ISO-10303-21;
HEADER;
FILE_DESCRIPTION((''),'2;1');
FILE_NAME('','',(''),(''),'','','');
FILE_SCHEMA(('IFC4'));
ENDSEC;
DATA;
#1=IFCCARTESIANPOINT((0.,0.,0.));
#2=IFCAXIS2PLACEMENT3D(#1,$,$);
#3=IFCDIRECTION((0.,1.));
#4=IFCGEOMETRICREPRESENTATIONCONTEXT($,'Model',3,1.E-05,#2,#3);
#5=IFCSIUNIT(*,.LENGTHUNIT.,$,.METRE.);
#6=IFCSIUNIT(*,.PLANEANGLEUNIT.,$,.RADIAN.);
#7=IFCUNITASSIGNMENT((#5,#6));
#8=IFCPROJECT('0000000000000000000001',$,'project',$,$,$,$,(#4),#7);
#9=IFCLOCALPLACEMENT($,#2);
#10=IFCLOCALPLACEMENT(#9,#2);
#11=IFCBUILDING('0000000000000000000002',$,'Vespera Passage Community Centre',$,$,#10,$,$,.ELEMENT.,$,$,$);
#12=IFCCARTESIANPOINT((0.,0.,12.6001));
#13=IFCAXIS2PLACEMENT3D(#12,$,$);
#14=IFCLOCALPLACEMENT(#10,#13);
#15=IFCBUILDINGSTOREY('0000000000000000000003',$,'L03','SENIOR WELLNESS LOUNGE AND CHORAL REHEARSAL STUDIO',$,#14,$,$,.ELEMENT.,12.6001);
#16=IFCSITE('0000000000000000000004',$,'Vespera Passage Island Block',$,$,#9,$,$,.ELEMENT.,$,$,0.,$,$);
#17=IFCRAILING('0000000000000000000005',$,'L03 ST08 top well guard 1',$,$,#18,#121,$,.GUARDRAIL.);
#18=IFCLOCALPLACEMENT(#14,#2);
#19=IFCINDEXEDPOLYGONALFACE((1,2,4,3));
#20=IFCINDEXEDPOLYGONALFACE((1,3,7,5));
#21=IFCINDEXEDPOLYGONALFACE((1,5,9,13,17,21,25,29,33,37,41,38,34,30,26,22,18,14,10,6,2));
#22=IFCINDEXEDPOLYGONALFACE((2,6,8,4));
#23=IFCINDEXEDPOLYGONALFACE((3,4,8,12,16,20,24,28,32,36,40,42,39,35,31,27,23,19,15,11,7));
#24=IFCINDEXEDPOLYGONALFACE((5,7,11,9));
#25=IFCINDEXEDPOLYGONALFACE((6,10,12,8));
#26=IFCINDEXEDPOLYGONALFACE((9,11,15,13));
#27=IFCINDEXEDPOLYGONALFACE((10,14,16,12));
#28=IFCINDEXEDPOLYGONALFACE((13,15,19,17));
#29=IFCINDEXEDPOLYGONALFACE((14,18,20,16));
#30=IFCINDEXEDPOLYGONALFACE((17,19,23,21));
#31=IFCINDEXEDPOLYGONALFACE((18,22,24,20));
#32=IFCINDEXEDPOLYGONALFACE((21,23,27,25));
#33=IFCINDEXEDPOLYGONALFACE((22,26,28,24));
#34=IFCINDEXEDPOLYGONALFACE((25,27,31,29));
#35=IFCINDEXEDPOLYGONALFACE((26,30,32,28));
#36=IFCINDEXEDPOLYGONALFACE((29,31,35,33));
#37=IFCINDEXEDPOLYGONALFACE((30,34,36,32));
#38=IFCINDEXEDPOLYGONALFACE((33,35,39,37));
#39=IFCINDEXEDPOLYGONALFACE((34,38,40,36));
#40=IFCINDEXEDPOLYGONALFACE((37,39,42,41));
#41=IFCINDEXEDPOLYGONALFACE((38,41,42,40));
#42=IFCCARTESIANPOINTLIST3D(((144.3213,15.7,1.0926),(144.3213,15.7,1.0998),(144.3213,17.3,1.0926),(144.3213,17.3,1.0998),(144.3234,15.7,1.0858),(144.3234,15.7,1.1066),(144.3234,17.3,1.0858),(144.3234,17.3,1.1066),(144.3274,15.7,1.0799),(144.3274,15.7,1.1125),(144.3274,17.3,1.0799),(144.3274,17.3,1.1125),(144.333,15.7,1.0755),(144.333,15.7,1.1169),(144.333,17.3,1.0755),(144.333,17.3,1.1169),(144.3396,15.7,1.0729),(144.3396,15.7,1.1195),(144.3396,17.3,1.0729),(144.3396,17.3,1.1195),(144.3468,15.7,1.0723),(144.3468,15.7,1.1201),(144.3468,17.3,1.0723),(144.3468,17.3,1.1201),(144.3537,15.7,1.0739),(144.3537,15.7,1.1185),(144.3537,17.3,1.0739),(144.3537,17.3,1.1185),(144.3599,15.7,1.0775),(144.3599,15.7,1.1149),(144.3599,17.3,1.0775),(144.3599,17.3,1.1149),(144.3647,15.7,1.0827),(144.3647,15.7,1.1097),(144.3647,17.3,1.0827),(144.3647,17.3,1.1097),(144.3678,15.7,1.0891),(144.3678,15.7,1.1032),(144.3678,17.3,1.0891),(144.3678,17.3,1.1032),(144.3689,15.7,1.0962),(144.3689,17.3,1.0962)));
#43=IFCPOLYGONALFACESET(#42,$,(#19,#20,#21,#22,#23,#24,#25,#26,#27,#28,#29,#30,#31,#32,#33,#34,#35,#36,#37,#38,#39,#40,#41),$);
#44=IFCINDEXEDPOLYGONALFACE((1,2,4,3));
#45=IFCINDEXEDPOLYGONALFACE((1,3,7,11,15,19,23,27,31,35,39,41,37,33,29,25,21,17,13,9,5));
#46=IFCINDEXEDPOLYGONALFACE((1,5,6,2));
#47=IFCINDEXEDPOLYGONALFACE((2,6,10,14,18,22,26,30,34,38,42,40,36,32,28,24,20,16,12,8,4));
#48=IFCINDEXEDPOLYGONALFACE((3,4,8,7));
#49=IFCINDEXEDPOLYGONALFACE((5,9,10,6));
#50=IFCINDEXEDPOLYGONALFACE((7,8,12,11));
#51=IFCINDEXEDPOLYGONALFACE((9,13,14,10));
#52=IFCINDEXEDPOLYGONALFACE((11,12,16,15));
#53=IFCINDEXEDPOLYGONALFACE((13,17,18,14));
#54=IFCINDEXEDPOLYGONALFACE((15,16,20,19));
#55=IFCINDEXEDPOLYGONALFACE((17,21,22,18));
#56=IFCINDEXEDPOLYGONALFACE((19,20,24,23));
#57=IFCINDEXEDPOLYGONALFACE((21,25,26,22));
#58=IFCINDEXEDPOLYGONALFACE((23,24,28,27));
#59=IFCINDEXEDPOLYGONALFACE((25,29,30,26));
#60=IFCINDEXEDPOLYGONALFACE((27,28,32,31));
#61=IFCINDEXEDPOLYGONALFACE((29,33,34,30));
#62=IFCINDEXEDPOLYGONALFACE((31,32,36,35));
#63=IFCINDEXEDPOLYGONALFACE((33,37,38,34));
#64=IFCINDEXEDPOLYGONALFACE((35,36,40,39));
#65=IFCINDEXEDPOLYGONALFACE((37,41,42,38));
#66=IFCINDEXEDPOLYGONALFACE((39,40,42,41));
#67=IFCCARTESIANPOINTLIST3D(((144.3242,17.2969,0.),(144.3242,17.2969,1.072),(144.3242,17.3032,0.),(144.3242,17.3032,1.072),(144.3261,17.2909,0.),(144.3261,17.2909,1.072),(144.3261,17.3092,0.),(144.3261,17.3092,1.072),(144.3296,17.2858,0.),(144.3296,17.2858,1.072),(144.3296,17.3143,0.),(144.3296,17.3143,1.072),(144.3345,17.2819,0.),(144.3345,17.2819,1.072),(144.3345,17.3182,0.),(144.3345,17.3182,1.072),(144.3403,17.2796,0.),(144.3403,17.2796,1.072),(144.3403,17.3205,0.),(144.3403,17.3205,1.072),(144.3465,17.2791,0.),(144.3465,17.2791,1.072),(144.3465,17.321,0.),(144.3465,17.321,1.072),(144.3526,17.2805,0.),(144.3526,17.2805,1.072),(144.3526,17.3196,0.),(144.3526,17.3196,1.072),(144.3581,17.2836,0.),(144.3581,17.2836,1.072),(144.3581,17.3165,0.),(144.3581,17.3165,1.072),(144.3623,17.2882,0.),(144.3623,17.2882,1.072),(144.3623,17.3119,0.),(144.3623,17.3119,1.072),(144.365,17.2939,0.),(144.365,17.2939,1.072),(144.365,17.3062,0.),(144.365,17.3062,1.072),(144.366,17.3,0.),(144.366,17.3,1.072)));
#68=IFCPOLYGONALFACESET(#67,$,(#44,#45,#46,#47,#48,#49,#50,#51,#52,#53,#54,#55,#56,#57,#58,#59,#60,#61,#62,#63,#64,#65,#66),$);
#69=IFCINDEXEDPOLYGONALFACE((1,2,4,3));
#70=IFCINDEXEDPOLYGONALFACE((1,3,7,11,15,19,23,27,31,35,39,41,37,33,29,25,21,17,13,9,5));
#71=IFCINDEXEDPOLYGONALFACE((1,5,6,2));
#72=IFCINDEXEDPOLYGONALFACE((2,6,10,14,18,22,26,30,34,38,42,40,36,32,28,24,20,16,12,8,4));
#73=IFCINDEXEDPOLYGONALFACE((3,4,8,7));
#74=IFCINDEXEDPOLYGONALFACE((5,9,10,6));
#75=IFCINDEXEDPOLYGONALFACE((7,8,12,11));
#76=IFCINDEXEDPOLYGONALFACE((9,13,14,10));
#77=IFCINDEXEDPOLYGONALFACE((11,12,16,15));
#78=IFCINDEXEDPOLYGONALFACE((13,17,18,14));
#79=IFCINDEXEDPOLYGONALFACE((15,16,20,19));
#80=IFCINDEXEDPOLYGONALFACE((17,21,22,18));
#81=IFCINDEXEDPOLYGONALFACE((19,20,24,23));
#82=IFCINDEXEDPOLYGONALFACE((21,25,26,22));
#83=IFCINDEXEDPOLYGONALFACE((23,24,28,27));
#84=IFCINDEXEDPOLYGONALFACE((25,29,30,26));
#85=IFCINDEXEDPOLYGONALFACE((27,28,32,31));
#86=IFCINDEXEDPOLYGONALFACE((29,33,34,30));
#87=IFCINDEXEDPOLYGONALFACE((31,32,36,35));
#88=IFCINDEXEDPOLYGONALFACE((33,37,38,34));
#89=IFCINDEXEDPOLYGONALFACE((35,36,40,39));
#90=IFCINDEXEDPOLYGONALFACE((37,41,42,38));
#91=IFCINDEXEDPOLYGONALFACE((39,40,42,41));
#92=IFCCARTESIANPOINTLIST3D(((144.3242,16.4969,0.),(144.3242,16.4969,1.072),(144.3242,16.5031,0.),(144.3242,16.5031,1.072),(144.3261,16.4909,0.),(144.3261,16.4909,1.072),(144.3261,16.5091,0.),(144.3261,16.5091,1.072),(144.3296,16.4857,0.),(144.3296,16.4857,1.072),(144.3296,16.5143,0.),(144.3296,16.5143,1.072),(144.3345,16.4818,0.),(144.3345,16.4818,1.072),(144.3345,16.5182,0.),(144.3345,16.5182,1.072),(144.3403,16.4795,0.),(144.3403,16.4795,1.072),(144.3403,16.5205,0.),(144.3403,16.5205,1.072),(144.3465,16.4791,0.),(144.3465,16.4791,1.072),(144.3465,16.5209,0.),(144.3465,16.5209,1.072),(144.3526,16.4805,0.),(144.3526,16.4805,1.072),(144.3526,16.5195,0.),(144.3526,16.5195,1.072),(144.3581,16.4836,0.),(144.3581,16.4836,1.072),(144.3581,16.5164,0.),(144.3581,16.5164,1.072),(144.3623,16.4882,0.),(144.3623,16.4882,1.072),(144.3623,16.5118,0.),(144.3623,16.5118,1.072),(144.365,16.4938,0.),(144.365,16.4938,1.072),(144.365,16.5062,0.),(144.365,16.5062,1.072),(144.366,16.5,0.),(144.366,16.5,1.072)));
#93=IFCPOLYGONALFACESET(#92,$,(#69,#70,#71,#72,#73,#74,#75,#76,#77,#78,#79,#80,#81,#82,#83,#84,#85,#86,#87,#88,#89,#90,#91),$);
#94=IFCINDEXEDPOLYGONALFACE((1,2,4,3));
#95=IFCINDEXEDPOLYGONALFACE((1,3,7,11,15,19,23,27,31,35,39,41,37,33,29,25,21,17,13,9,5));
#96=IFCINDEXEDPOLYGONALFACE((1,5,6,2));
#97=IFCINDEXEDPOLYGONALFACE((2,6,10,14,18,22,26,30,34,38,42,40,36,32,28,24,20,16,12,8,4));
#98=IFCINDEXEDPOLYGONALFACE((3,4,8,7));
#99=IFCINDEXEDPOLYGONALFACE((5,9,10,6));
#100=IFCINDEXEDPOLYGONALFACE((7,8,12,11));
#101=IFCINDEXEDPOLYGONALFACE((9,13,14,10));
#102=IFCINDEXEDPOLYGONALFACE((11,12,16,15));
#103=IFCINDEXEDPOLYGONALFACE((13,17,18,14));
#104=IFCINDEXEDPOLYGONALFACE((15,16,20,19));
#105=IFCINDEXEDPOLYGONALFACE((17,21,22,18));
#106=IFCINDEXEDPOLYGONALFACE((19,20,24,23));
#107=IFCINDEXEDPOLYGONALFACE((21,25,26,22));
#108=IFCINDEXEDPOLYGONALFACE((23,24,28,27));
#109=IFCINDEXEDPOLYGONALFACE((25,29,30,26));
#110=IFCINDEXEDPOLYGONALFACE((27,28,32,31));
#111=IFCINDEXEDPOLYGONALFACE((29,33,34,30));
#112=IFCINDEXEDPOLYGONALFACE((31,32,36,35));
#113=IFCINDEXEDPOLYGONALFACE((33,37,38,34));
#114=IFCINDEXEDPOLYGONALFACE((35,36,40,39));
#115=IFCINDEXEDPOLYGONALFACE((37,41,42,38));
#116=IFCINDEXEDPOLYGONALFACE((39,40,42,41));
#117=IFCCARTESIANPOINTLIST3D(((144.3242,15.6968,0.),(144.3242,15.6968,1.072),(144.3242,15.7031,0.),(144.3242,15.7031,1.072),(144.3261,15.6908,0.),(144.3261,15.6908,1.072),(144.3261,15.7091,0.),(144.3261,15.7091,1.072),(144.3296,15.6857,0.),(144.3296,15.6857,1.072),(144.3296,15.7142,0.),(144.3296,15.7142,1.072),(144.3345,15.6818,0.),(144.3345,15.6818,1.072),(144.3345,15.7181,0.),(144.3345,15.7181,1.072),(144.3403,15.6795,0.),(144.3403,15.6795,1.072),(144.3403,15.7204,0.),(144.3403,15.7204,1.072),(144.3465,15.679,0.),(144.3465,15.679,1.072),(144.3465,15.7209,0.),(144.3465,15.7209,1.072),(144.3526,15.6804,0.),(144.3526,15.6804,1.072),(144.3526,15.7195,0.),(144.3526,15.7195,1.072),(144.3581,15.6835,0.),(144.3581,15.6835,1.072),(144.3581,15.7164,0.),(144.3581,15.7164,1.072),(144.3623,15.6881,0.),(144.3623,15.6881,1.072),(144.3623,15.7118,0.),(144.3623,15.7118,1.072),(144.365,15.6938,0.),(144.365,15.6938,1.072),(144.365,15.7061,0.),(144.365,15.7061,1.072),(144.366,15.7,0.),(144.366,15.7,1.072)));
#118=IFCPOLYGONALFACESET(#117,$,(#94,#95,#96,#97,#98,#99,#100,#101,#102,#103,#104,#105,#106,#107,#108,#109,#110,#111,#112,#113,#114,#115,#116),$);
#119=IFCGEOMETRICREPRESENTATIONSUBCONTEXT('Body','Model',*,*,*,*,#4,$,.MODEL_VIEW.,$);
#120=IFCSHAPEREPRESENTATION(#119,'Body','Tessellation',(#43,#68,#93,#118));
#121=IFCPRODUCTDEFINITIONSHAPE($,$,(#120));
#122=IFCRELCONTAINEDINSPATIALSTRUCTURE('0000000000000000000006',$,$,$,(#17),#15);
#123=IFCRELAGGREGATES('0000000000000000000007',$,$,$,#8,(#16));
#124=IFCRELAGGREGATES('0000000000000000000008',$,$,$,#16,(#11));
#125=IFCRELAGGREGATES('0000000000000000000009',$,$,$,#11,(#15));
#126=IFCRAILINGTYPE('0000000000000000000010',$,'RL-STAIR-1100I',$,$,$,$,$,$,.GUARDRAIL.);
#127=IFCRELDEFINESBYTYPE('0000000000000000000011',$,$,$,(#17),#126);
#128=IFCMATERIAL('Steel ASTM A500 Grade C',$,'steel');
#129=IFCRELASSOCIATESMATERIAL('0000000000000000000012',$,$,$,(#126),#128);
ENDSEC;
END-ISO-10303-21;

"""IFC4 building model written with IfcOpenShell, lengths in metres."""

from ifc_helpers import new_model, si_unit, direction, frame, origin, origin_2d, place, context, subcontext, project, spatial, circle, extrude, material, type_object, element, save


model = new_model("IFC4")

# Units and contexts
model_context = context("Model", 3, precision=1e-05, world=origin(), true_north=direction((0.0, 1.0)))
body_context = subcontext(model_context, "Body", "Model", "MODEL_VIEW")
ifc_project = project(units=[si_unit("LENGTHUNIT", "METRE"), si_unit("PLANEANGLEUNIT", "RADIAN")], contexts=[model_context])

# Site, building, storey
site_placement = place(None, origin())
site = spatial("IfcSite", under=ifc_project, at=site_placement, Name="Vespera Passage Island Block", CompositionType="ELEMENT", RefElevation=0.0)
building_placement = place(site_placement, origin())
building = spatial("IfcBuilding", under=site, at=building_placement, Name="Vespera Passage Community Centre", CompositionType="ELEMENT")
storey_placement = place(building_placement, frame((0.0, 0.0, 12.6001)))
storey = spatial("IfcBuildingStorey", under=building, at=storey_placement, Name="L03", Description="SENIOR WELLNESS LOUNGE AND CHORAL REHEARSAL STUDIO", CompositionType="ELEMENT", Elevation=12.6001)

# Railing
ifc_material_1 = material(Name="Steel ASTM A500 Grade C", Category="steel")
railing_type_1 = type_object("IfcRailingType", Name="RL-STAIR-1100I", PredefinedType="GUARDRAIL", material=ifc_material_1)
railing_1_placement = place(storey_placement, frame((144.345, 17.3, 0.0)))
element("IfcRailing", 1, at=railing_1_placement, inside=storey, type_object=railing_type_1, Name="L03 ST08 top well guard 1", PredefinedType="GUARDRAIL", context=body_context, shape_type="SweptSolid", body=[
    extrude(circle(Radius=0.0239, at=origin_2d()), frame((0.0, 0.0, 1.0962), z_axis=(0.0, -1.0, 0.0), x_axis=(1.0, 0.0, 0.0)), (0.0, 0.0, 1.0), 1.6001),
    extrude(circle(Radius=0.021, at=origin_2d()), origin(), (0.0, 0.0, 1.0), 1.072),
    extrude(circle(Radius=0.021, at=origin_2d()), frame((0.0, -0.8, 0.0)), (0.0, 0.0, 1.0), 1.072),
    extrude(circle(Radius=0.021, at=origin_2d()), frame((0.0, -1.6001, 0.0)), (0.0, 0.0, 1.0), 1.072),
])

save(model, "model.ifc")
